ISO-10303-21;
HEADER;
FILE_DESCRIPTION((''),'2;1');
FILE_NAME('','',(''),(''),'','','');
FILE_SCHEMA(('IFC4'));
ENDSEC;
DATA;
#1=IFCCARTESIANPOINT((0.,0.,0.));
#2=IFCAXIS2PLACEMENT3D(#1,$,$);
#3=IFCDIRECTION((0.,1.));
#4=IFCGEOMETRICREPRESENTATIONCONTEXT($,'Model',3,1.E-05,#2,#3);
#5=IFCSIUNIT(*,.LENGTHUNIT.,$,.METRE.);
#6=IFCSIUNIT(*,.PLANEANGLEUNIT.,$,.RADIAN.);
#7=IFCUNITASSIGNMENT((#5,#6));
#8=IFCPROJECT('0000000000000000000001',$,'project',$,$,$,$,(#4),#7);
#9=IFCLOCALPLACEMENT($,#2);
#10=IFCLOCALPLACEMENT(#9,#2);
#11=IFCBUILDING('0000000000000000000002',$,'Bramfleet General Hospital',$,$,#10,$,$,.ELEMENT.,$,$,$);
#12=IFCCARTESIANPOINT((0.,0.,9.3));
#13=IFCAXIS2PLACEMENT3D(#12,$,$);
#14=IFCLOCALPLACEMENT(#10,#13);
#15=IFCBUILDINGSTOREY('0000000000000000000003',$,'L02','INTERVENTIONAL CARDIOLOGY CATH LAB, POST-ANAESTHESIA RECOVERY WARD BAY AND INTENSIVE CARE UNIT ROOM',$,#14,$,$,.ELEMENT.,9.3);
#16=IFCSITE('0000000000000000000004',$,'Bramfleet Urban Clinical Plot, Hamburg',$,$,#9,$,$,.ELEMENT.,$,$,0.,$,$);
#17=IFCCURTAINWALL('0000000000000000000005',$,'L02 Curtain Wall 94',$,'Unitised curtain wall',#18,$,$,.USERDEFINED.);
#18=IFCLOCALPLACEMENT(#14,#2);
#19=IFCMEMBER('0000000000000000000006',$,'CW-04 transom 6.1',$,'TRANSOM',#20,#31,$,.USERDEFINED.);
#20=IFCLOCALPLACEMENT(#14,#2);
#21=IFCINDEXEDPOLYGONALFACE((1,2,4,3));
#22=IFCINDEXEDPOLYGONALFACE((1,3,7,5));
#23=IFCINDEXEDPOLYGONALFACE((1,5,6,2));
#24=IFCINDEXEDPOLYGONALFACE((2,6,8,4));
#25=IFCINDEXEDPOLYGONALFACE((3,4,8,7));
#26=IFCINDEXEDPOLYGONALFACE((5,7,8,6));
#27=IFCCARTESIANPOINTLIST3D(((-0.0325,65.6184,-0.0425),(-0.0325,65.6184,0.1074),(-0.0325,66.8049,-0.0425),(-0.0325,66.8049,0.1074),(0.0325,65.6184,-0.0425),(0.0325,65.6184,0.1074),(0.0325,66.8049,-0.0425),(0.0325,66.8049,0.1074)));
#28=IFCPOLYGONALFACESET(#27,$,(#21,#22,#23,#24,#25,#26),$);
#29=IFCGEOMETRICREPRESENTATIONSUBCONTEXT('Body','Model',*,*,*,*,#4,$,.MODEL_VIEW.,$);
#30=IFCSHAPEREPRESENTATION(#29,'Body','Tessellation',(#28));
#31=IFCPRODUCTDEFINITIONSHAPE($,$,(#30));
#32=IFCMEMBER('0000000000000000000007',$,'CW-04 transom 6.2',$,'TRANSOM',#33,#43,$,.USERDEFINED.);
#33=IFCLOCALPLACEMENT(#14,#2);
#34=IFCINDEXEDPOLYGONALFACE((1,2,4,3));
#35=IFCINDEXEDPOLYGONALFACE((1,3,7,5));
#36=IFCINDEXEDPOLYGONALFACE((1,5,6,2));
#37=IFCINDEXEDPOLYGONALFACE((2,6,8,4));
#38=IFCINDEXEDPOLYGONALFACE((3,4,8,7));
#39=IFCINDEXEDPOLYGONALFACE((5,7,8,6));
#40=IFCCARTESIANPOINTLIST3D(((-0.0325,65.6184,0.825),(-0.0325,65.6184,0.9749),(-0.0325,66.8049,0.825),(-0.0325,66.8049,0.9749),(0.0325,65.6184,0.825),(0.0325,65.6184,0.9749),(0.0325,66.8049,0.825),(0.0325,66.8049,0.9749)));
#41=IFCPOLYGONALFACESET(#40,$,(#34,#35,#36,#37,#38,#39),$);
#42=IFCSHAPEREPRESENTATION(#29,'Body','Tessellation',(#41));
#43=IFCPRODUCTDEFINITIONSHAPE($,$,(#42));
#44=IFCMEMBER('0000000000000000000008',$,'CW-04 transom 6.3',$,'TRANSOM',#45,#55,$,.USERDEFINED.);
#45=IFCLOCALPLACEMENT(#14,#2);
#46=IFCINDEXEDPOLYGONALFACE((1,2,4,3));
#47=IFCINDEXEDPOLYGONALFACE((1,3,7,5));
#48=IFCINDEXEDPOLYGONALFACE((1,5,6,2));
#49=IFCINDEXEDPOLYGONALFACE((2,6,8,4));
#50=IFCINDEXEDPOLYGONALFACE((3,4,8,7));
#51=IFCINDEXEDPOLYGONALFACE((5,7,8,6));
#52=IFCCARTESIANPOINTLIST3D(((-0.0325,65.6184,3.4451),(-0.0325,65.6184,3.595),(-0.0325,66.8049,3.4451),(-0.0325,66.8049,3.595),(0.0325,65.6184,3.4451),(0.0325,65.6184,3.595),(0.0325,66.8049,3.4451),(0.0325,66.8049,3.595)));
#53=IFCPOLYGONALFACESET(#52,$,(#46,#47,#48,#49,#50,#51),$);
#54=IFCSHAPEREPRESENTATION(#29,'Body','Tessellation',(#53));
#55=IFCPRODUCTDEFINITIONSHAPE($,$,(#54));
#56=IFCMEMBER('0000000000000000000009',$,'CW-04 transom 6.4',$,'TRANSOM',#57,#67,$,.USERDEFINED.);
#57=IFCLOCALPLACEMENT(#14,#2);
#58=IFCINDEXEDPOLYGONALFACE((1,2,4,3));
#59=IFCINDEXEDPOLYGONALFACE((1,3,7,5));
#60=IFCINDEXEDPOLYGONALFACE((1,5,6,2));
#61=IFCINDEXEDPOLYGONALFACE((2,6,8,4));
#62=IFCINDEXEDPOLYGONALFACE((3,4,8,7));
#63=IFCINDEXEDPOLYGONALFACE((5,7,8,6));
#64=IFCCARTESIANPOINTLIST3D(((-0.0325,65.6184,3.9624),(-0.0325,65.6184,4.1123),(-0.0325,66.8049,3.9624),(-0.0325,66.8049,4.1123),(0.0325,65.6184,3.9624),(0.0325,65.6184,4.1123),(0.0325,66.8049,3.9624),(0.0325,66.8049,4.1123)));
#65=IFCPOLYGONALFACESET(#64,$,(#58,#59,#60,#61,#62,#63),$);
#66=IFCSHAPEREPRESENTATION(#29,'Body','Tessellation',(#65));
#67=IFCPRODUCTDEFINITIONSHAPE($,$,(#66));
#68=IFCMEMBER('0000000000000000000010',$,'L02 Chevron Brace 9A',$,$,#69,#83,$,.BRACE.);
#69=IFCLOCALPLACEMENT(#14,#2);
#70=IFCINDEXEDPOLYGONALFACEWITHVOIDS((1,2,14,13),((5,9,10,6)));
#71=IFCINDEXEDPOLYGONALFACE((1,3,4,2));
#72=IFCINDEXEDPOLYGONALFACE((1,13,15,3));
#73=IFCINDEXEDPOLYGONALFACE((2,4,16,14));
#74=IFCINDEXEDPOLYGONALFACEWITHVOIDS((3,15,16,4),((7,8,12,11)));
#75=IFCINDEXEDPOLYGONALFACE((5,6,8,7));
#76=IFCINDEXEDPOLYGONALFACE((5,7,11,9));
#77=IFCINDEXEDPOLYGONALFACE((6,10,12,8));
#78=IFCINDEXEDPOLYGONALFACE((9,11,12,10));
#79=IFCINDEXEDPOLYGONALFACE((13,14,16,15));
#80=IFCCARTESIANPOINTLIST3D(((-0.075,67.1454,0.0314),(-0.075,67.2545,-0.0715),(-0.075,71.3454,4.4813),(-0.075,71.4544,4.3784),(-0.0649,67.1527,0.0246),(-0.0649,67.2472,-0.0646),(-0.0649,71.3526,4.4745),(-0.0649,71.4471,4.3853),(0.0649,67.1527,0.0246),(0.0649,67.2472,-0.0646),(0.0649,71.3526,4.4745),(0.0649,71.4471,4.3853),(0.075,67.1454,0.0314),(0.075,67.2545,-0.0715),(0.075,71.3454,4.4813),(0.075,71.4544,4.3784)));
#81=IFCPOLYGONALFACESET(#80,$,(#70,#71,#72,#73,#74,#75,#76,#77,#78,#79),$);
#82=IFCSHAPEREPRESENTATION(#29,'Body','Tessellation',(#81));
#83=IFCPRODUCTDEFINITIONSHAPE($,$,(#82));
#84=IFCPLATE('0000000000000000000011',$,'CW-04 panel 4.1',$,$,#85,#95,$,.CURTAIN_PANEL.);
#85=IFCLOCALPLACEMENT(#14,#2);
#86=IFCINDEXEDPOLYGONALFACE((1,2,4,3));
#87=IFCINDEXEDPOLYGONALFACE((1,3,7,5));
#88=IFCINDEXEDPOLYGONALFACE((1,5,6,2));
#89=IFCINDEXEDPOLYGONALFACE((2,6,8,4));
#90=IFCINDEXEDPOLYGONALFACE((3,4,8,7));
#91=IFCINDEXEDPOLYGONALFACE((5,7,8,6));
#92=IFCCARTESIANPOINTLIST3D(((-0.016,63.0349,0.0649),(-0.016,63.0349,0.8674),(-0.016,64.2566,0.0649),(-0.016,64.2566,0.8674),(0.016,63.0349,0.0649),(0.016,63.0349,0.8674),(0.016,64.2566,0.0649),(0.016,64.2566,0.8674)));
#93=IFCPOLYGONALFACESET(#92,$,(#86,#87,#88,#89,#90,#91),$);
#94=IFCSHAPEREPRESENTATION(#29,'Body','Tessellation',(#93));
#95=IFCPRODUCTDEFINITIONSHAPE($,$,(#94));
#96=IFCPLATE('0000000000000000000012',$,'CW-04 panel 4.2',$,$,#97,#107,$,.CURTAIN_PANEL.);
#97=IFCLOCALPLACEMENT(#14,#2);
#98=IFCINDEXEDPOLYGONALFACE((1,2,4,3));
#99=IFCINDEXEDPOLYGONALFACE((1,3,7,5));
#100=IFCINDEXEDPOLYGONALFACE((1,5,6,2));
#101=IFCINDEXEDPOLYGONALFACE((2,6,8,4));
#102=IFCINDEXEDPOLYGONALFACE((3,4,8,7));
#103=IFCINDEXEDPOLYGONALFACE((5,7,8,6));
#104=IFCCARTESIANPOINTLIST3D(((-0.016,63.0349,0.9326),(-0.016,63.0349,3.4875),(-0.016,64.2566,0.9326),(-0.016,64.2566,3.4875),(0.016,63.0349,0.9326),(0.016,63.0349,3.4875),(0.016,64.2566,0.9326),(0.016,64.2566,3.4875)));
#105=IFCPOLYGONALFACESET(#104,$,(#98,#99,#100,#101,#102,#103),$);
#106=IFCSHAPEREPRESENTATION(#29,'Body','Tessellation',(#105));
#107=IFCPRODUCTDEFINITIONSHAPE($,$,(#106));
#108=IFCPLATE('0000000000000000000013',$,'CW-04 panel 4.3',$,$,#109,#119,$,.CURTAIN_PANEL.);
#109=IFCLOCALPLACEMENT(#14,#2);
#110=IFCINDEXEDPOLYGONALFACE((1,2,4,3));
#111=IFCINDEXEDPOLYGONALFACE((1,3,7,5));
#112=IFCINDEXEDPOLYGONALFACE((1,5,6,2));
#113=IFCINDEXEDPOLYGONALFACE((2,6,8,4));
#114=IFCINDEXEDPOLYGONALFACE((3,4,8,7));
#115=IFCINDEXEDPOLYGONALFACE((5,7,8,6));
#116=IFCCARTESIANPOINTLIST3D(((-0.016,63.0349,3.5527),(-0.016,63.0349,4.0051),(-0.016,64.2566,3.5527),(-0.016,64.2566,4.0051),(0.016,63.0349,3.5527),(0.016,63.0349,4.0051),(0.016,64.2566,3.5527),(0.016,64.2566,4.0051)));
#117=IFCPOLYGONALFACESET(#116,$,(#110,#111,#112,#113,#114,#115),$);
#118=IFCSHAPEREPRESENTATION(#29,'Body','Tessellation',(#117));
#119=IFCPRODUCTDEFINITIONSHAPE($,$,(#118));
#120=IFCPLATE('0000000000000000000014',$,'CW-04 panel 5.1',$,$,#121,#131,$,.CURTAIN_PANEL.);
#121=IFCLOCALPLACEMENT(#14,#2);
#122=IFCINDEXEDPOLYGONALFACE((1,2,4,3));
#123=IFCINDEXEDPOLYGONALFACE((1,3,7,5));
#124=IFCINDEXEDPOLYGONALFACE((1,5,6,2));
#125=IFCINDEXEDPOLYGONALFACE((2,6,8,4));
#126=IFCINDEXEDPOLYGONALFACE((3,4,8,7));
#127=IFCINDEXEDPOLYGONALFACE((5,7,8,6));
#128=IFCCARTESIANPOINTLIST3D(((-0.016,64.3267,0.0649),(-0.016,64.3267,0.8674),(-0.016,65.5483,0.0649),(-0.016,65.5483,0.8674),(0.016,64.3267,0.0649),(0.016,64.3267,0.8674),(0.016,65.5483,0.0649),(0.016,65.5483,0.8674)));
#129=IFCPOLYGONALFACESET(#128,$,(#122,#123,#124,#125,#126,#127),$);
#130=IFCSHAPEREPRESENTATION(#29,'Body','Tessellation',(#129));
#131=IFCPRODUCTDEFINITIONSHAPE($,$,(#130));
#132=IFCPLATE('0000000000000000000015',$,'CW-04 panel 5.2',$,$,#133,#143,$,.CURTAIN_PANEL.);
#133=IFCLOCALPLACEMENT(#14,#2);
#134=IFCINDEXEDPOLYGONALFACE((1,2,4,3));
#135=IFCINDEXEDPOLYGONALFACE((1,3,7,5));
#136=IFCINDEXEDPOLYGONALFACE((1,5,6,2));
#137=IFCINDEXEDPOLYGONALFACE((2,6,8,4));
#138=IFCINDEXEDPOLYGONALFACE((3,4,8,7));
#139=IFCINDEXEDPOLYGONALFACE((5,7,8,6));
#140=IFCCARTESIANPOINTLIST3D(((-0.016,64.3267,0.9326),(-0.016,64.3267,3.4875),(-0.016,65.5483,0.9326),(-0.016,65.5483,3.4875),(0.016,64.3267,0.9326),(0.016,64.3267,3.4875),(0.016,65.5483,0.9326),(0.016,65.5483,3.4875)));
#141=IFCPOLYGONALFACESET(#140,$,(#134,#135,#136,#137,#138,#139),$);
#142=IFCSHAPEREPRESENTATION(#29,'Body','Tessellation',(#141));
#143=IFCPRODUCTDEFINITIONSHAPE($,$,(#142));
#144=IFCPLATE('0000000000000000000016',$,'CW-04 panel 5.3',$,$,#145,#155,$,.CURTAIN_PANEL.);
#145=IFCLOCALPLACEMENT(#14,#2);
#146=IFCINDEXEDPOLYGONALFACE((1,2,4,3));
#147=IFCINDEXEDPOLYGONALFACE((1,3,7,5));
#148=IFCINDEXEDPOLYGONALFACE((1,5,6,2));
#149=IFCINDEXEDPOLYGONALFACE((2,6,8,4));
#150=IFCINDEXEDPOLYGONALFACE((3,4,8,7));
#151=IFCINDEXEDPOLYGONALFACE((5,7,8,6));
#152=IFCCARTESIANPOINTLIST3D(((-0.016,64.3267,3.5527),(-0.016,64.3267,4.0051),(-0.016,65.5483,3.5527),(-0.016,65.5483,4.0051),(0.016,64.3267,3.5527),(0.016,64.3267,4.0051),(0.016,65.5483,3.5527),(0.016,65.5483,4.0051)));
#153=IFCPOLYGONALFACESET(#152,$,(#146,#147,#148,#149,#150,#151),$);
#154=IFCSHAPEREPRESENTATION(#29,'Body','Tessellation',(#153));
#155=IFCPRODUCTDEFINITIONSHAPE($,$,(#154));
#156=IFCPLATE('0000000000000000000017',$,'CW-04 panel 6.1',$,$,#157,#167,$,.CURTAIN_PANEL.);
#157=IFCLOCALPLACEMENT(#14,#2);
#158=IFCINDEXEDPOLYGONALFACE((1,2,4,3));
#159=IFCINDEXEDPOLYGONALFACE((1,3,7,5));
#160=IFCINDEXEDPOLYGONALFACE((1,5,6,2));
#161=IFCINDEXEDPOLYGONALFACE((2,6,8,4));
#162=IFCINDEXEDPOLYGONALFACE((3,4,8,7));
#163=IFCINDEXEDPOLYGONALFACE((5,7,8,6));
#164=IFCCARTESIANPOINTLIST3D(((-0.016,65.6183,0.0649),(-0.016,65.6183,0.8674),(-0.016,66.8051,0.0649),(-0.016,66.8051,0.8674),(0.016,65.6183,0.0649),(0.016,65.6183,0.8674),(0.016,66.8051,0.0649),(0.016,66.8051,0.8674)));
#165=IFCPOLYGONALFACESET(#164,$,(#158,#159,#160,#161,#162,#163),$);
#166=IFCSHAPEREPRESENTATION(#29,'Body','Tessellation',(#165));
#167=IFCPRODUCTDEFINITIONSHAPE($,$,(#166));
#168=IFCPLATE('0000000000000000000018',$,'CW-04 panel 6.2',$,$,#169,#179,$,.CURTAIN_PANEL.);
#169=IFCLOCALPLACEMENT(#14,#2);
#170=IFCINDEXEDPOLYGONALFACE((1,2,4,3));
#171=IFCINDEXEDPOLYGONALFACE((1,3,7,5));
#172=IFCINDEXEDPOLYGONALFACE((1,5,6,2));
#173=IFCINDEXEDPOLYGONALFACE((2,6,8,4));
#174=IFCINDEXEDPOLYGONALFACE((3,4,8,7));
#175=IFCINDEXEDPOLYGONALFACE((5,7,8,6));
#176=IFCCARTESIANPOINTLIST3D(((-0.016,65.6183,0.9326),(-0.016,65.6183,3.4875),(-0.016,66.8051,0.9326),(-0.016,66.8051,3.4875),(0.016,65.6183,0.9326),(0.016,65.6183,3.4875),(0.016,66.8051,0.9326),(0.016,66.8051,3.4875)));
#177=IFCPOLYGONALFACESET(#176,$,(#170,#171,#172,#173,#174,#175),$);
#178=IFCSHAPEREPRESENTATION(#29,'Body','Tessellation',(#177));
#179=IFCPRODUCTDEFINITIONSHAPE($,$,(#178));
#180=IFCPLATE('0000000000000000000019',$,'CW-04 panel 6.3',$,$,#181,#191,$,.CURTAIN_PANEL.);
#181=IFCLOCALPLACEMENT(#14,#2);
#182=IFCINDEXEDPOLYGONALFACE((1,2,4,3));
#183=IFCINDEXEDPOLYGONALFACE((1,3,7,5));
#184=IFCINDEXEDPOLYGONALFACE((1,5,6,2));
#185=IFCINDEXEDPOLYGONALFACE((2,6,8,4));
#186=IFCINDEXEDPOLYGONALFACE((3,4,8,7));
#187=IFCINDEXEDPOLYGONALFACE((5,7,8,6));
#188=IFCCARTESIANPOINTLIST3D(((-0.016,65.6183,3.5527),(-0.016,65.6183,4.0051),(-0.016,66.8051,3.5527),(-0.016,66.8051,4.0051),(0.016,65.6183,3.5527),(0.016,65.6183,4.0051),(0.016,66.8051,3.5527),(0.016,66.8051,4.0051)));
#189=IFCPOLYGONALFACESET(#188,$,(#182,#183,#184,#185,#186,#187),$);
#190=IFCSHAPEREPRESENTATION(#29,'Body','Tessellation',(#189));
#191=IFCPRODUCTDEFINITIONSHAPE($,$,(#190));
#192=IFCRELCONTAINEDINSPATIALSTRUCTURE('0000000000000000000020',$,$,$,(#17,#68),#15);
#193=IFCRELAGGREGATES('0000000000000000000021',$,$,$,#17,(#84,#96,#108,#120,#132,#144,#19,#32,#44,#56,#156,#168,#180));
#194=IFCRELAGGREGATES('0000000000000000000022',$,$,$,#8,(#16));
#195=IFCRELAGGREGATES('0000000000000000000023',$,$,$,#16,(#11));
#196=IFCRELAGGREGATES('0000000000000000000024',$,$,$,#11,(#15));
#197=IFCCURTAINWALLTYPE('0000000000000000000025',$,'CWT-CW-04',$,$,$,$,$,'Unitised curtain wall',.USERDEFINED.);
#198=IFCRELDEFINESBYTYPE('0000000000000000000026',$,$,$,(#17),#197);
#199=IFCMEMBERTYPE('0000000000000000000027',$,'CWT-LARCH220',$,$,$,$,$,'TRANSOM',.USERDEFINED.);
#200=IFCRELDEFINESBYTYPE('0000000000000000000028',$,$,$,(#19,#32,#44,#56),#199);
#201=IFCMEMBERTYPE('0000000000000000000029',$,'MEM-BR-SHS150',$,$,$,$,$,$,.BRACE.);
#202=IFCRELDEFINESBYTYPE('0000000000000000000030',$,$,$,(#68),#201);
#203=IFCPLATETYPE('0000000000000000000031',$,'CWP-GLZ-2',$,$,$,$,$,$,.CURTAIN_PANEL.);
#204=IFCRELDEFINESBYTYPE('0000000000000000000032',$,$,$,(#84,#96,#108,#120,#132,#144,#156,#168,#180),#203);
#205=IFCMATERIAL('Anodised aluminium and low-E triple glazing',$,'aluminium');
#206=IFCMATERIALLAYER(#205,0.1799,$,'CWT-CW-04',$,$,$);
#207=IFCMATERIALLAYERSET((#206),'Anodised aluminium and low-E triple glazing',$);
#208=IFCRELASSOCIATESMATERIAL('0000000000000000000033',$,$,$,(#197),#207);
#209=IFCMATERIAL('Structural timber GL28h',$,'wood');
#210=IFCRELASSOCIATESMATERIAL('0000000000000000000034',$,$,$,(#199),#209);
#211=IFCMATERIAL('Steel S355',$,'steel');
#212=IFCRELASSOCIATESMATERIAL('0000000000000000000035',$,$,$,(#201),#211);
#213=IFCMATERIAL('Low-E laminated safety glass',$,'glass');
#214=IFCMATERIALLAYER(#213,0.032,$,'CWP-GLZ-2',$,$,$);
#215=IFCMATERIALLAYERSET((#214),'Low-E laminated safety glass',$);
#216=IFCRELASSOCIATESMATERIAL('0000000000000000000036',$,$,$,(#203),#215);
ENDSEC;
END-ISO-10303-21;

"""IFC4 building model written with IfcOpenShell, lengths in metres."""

from ifc_helpers import new_model, si_unit, direction, frame, origin, origin_2d, place, context, subcontext, project, spatial, rectangle, hollow_rectangle, extrude, material, layer, layer_set, material_profile, profile_set, type_object, element, aggregate, save


model = new_model("IFC4")

# Units and contexts
model_context = context("Model", 3, precision=1e-05, world=origin(), true_north=direction((0.0, 1.0)))
body_context = subcontext(model_context, "Body", "Model", "MODEL_VIEW")
ifc_project = project(units=[si_unit("LENGTHUNIT", "METRE"), si_unit("PLANEANGLEUNIT", "RADIAN")], contexts=[model_context])

# Site, building, storey
site_placement = place(None, origin())
site = spatial("IfcSite", under=ifc_project, at=site_placement, Name="Bramfleet Urban Clinical Plot, Hamburg", CompositionType="ELEMENT", RefElevation=0.0)
building_placement = place(site_placement, origin())
building = spatial("IfcBuilding", under=site, at=building_placement, Name="Bramfleet General Hospital", CompositionType="ELEMENT")
storey_placement = place(building_placement, frame((0.0, 0.0, 9.3)))
storey = spatial("IfcBuildingStorey", under=building, at=storey_placement, Name="L02", Description="INTERVENTIONAL CARDIOLOGY CATH LAB, POST-ANAESTHESIA RECOVERY WARD BAY AND INTENSIVE CARE UNIT ROOM", CompositionType="ELEMENT", Elevation=9.3)

# Curtain wall, members
ifc_material_1 = material(Name="Anodised aluminium and low-E triple glazing", Category="aluminium")
ifc_layer_1 = layer(ifc_material_1, 0.1799, Name="CWT-CW-04")
ifc_layer_set_1 = layer_set([ifc_layer_1], Name="Anodised aluminium and low-E triple glazing")
curtain_wall_type = type_object("IfcCurtainWallType", Name="CWT-CW-04", ElementType="Unitised curtain wall", PredefinedType="USERDEFINED", material=ifc_layer_set_1)
curtain_wall_placement = place(storey_placement, origin())
curtain_wall = element("IfcCurtainWall", 1, at=curtain_wall_placement, inside=storey, type_object=curtain_wall_type, Name="L02 Curtain Wall 94", ObjectType="Unitised curtain wall", PredefinedType="USERDEFINED")
ifc_material_2 = material(Name="Structural timber GL28h", Category="wood")
ifc_material_profile_1 = material_profile(ifc_material_2, rectangle(XDim=0.0649, YDim=0.1499, at=origin_2d()), Name="LARCH 150x65")
ifc_profile_set_1 = profile_set([ifc_material_profile_1], Name="Structural timber GL28h")
member_type_1 = type_object("IfcMemberType", Name="CWT-LARCH220", ElementType="TRANSOM", PredefinedType="USERDEFINED", material=ifc_profile_set_1)
member_1_placement = place(storey_placement, frame((0.0, 65.6184, 0.0325), z_axis=(0.0, 1.0, 0.0), x_axis=(-1.0, 0.0, 0.0)))
member_1 = element("IfcMember", 2, at=member_1_placement, type_object=member_type_1, Name="CW-04 transom 6.1", ObjectType="TRANSOM", PredefinedType="USERDEFINED", context=body_context, shape_type="SweptSolid", body=[
    extrude(rectangle(XDim=0.0649, YDim=0.1499, at=origin_2d()), origin(), (0.0, 0.0, 1.0), 1.1865),
])
member_2_placement = place(storey_placement, frame((0.0, 65.6184, 0.8999), z_axis=(0.0, 1.0, 0.0), x_axis=(-1.0, 0.0, 0.0)))
member_2 = element("IfcMember", 3, at=member_2_placement, type_object=member_type_1, Name="CW-04 transom 6.2", ObjectType="TRANSOM", PredefinedType="USERDEFINED", context=body_context, shape_type="SweptSolid", body=[
    extrude(rectangle(XDim=0.0649, YDim=0.1499, at=origin_2d()), origin(), (0.0, 0.0, 1.0), 1.1865),
])
member_3_placement = place(storey_placement, frame((0.0, 65.6184, 3.52), z_axis=(0.0, 1.0, 0.0), x_axis=(-1.0, 0.0, 0.0)))
member_3 = element("IfcMember", 4, at=member_3_placement, type_object=member_type_1, Name="CW-04 transom 6.3", ObjectType="TRANSOM", PredefinedType="USERDEFINED", context=body_context, shape_type="SweptSolid", body=[
    extrude(rectangle(XDim=0.0649, YDim=0.1499, at=origin_2d()), origin(), (0.0, 0.0, 1.0), 1.1865),
])
member_4_placement = place(storey_placement, frame((0.0, 65.6184, 4.0374), z_axis=(0.0, 1.0, 0.0), x_axis=(-1.0, 0.0, 0.0)))
member_4 = element("IfcMember", 5, at=member_4_placement, type_object=member_type_1, Name="CW-04 transom 6.4", ObjectType="TRANSOM", PredefinedType="USERDEFINED", context=body_context, shape_type="SweptSolid", body=[
    extrude(rectangle(XDim=0.0649, YDim=0.1499, at=origin_2d()), origin(), (0.0, 0.0, 1.0), 1.1865),
])

# Member
ifc_material_3 = material(Name="Steel S355", Category="steel")
ifc_material_profile_2 = material_profile(ifc_material_3, hollow_rectangle(XDim=0.1499, YDim=0.1499, WallThickness=0.01, at=origin_2d()), Name="SHS 150x150x10.0")
ifc_profile_set_2 = profile_set([ifc_material_profile_2], Name="Steel S355")
member_type_2 = type_object("IfcMemberType", Name="MEM-BR-SHS150", PredefinedType="BRACE", material=ifc_profile_set_2)
member_5_placement = place(storey_placement, frame((0.0, 67.2, -0.02), z_axis=(0.0, 0.686383, 0.72724), x_axis=(-1.0, 0.0, 0.0)))
element("IfcMember", 6, at=member_5_placement, inside=storey, type_object=member_type_2, Name="L02 Chevron Brace 9A", PredefinedType="BRACE", context=body_context, shape_type="SweptSolid", body=[
    extrude(hollow_rectangle(XDim=0.1499, YDim=0.1499, WallThickness=0.01, at=origin_2d()), origin(), (0.0, 0.0, 1.0), 6.1189),
])

# Plates
ifc_material_4 = material(Name="Low-E laminated safety glass", Category="glass")
ifc_layer_2 = layer(ifc_material_4, 0.032, Name="CWP-GLZ-2")
ifc_layer_set_2 = layer_set([ifc_layer_2], Name="Low-E laminated safety glass")
plate_type_1 = type_object("IfcPlateType", Name="CWP-GLZ-2", PredefinedType="CURTAIN_PANEL", material=ifc_layer_set_2)
plate_1_placement = place(storey_placement, frame((0.0, 63.6458, 0.0649), z_axis=(0.0, 0.0, 1.0), x_axis=(0.0, 1.0, 0.0)))
plate_1 = element("IfcPlate", 7, at=plate_1_placement, type_object=plate_type_1, Name="CW-04 panel 4.1", PredefinedType="CURTAIN_PANEL", context=body_context, shape_type="SweptSolid", body=[
    extrude(rectangle(XDim=1.2217, YDim=0.032, at=origin_2d()), origin(), (0.0, 0.0, 1.0), 0.8025),
])
plate_2_placement = place(storey_placement, frame((0.0, 63.6458, 0.9326), z_axis=(0.0, 0.0, 1.0), x_axis=(0.0, 1.0, 0.0)))
plate_2 = element("IfcPlate", 8, at=plate_2_placement, type_object=plate_type_1, Name="CW-04 panel 4.2", PredefinedType="CURTAIN_PANEL", context=body_context, shape_type="SweptSolid", body=[
    extrude(rectangle(XDim=1.2217, YDim=0.032, at=origin_2d()), origin(), (0.0, 0.0, 1.0), 2.5549),
])
plate_3_placement = place(storey_placement, frame((0.0, 63.6458, 3.5527), z_axis=(0.0, 0.0, 1.0), x_axis=(0.0, 1.0, 0.0)))
plate_3 = element("IfcPlate", 9, at=plate_3_placement, type_object=plate_type_1, Name="CW-04 panel 4.3", PredefinedType="CURTAIN_PANEL", context=body_context, shape_type="SweptSolid", body=[
    extrude(rectangle(XDim=1.2217, YDim=0.032, at=origin_2d()), origin(), (0.0, 0.0, 1.0), 0.4524),
])
plate_4_placement = place(storey_placement, frame((0.0, 64.9375, 0.0649), z_axis=(0.0, 0.0, 1.0), x_axis=(0.0, 1.0, 0.0)))
plate_4 = element("IfcPlate", 10, at=plate_4_placement, type_object=plate_type_1, Name="CW-04 panel 5.1", PredefinedType="CURTAIN_PANEL", context=body_context, shape_type="SweptSolid", body=[
    extrude(rectangle(XDim=1.2217, YDim=0.032, at=origin_2d()), origin(), (0.0, 0.0, 1.0), 0.8025),
])
plate_5_placement = place(storey_placement, frame((0.0, 64.9375, 0.9326), z_axis=(0.0, 0.0, 1.0), x_axis=(0.0, 1.0, 0.0)))
plate_5 = element("IfcPlate", 11, at=plate_5_placement, type_object=plate_type_1, Name="CW-04 panel 5.2", PredefinedType="CURTAIN_PANEL", context=body_context, shape_type="SweptSolid", body=[
    extrude(rectangle(XDim=1.2217, YDim=0.032, at=origin_2d()), origin(), (0.0, 0.0, 1.0), 2.5549),
])
plate_6_placement = place(storey_placement, frame((0.0, 64.9375, 3.5527), z_axis=(0.0, 0.0, 1.0), x_axis=(0.0, 1.0, 0.0)))
plate_6 = element("IfcPlate", 12, at=plate_6_placement, type_object=plate_type_1, Name="CW-04 panel 5.3", PredefinedType="CURTAIN_PANEL", context=body_context, shape_type="SweptSolid", body=[
    extrude(rectangle(XDim=1.2217, YDim=0.032, at=origin_2d()), origin(), (0.0, 0.0, 1.0), 0.4524),
])
plate_7_placement = place(storey_placement, frame((0.0, 66.2117, 0.0649), z_axis=(0.0, 0.0, 1.0), x_axis=(0.0, 1.0, 0.0)))
plate_7 = element("IfcPlate", 13, at=plate_7_placement, type_object=plate_type_1, Name="CW-04 panel 6.1", PredefinedType="CURTAIN_PANEL", context=body_context, shape_type="SweptSolid", body=[
    extrude(rectangle(XDim=1.1868, YDim=0.032, at=origin_2d()), origin(), (0.0, 0.0, 1.0), 0.8025),
])
plate_8_placement = place(storey_placement, frame((0.0, 66.2117, 0.9326), z_axis=(0.0, 0.0, 1.0), x_axis=(0.0, 1.0, 0.0)))
plate_8 = element("IfcPlate", 14, at=plate_8_placement, type_object=plate_type_1, Name="CW-04 panel 6.2", PredefinedType="CURTAIN_PANEL", context=body_context, shape_type="SweptSolid", body=[
    extrude(rectangle(XDim=1.1868, YDim=0.032, at=origin_2d()), origin(), (0.0, 0.0, 1.0), 2.5549),
])
plate_9_placement = place(storey_placement, frame((0.0, 66.2117, 3.5527), z_axis=(0.0, 0.0, 1.0), x_axis=(0.0, 1.0, 0.0)))
plate_9 = element("IfcPlate", 15, at=plate_9_placement, type_object=plate_type_1, Name="CW-04 panel 6.3", PredefinedType="CURTAIN_PANEL", context=body_context, shape_type="SweptSolid", body=[
    extrude(rectangle(XDim=1.1868, YDim=0.032, at=origin_2d()), origin(), (0.0, 0.0, 1.0), 0.4524),
])
aggregate(curtain_wall, [plate_1, plate_2, plate_3, plate_4, plate_5, plate_6, member_1, member_2, member_3, member_4, plate_7, plate_8, plate_9])

save(model, "model.ifc")
